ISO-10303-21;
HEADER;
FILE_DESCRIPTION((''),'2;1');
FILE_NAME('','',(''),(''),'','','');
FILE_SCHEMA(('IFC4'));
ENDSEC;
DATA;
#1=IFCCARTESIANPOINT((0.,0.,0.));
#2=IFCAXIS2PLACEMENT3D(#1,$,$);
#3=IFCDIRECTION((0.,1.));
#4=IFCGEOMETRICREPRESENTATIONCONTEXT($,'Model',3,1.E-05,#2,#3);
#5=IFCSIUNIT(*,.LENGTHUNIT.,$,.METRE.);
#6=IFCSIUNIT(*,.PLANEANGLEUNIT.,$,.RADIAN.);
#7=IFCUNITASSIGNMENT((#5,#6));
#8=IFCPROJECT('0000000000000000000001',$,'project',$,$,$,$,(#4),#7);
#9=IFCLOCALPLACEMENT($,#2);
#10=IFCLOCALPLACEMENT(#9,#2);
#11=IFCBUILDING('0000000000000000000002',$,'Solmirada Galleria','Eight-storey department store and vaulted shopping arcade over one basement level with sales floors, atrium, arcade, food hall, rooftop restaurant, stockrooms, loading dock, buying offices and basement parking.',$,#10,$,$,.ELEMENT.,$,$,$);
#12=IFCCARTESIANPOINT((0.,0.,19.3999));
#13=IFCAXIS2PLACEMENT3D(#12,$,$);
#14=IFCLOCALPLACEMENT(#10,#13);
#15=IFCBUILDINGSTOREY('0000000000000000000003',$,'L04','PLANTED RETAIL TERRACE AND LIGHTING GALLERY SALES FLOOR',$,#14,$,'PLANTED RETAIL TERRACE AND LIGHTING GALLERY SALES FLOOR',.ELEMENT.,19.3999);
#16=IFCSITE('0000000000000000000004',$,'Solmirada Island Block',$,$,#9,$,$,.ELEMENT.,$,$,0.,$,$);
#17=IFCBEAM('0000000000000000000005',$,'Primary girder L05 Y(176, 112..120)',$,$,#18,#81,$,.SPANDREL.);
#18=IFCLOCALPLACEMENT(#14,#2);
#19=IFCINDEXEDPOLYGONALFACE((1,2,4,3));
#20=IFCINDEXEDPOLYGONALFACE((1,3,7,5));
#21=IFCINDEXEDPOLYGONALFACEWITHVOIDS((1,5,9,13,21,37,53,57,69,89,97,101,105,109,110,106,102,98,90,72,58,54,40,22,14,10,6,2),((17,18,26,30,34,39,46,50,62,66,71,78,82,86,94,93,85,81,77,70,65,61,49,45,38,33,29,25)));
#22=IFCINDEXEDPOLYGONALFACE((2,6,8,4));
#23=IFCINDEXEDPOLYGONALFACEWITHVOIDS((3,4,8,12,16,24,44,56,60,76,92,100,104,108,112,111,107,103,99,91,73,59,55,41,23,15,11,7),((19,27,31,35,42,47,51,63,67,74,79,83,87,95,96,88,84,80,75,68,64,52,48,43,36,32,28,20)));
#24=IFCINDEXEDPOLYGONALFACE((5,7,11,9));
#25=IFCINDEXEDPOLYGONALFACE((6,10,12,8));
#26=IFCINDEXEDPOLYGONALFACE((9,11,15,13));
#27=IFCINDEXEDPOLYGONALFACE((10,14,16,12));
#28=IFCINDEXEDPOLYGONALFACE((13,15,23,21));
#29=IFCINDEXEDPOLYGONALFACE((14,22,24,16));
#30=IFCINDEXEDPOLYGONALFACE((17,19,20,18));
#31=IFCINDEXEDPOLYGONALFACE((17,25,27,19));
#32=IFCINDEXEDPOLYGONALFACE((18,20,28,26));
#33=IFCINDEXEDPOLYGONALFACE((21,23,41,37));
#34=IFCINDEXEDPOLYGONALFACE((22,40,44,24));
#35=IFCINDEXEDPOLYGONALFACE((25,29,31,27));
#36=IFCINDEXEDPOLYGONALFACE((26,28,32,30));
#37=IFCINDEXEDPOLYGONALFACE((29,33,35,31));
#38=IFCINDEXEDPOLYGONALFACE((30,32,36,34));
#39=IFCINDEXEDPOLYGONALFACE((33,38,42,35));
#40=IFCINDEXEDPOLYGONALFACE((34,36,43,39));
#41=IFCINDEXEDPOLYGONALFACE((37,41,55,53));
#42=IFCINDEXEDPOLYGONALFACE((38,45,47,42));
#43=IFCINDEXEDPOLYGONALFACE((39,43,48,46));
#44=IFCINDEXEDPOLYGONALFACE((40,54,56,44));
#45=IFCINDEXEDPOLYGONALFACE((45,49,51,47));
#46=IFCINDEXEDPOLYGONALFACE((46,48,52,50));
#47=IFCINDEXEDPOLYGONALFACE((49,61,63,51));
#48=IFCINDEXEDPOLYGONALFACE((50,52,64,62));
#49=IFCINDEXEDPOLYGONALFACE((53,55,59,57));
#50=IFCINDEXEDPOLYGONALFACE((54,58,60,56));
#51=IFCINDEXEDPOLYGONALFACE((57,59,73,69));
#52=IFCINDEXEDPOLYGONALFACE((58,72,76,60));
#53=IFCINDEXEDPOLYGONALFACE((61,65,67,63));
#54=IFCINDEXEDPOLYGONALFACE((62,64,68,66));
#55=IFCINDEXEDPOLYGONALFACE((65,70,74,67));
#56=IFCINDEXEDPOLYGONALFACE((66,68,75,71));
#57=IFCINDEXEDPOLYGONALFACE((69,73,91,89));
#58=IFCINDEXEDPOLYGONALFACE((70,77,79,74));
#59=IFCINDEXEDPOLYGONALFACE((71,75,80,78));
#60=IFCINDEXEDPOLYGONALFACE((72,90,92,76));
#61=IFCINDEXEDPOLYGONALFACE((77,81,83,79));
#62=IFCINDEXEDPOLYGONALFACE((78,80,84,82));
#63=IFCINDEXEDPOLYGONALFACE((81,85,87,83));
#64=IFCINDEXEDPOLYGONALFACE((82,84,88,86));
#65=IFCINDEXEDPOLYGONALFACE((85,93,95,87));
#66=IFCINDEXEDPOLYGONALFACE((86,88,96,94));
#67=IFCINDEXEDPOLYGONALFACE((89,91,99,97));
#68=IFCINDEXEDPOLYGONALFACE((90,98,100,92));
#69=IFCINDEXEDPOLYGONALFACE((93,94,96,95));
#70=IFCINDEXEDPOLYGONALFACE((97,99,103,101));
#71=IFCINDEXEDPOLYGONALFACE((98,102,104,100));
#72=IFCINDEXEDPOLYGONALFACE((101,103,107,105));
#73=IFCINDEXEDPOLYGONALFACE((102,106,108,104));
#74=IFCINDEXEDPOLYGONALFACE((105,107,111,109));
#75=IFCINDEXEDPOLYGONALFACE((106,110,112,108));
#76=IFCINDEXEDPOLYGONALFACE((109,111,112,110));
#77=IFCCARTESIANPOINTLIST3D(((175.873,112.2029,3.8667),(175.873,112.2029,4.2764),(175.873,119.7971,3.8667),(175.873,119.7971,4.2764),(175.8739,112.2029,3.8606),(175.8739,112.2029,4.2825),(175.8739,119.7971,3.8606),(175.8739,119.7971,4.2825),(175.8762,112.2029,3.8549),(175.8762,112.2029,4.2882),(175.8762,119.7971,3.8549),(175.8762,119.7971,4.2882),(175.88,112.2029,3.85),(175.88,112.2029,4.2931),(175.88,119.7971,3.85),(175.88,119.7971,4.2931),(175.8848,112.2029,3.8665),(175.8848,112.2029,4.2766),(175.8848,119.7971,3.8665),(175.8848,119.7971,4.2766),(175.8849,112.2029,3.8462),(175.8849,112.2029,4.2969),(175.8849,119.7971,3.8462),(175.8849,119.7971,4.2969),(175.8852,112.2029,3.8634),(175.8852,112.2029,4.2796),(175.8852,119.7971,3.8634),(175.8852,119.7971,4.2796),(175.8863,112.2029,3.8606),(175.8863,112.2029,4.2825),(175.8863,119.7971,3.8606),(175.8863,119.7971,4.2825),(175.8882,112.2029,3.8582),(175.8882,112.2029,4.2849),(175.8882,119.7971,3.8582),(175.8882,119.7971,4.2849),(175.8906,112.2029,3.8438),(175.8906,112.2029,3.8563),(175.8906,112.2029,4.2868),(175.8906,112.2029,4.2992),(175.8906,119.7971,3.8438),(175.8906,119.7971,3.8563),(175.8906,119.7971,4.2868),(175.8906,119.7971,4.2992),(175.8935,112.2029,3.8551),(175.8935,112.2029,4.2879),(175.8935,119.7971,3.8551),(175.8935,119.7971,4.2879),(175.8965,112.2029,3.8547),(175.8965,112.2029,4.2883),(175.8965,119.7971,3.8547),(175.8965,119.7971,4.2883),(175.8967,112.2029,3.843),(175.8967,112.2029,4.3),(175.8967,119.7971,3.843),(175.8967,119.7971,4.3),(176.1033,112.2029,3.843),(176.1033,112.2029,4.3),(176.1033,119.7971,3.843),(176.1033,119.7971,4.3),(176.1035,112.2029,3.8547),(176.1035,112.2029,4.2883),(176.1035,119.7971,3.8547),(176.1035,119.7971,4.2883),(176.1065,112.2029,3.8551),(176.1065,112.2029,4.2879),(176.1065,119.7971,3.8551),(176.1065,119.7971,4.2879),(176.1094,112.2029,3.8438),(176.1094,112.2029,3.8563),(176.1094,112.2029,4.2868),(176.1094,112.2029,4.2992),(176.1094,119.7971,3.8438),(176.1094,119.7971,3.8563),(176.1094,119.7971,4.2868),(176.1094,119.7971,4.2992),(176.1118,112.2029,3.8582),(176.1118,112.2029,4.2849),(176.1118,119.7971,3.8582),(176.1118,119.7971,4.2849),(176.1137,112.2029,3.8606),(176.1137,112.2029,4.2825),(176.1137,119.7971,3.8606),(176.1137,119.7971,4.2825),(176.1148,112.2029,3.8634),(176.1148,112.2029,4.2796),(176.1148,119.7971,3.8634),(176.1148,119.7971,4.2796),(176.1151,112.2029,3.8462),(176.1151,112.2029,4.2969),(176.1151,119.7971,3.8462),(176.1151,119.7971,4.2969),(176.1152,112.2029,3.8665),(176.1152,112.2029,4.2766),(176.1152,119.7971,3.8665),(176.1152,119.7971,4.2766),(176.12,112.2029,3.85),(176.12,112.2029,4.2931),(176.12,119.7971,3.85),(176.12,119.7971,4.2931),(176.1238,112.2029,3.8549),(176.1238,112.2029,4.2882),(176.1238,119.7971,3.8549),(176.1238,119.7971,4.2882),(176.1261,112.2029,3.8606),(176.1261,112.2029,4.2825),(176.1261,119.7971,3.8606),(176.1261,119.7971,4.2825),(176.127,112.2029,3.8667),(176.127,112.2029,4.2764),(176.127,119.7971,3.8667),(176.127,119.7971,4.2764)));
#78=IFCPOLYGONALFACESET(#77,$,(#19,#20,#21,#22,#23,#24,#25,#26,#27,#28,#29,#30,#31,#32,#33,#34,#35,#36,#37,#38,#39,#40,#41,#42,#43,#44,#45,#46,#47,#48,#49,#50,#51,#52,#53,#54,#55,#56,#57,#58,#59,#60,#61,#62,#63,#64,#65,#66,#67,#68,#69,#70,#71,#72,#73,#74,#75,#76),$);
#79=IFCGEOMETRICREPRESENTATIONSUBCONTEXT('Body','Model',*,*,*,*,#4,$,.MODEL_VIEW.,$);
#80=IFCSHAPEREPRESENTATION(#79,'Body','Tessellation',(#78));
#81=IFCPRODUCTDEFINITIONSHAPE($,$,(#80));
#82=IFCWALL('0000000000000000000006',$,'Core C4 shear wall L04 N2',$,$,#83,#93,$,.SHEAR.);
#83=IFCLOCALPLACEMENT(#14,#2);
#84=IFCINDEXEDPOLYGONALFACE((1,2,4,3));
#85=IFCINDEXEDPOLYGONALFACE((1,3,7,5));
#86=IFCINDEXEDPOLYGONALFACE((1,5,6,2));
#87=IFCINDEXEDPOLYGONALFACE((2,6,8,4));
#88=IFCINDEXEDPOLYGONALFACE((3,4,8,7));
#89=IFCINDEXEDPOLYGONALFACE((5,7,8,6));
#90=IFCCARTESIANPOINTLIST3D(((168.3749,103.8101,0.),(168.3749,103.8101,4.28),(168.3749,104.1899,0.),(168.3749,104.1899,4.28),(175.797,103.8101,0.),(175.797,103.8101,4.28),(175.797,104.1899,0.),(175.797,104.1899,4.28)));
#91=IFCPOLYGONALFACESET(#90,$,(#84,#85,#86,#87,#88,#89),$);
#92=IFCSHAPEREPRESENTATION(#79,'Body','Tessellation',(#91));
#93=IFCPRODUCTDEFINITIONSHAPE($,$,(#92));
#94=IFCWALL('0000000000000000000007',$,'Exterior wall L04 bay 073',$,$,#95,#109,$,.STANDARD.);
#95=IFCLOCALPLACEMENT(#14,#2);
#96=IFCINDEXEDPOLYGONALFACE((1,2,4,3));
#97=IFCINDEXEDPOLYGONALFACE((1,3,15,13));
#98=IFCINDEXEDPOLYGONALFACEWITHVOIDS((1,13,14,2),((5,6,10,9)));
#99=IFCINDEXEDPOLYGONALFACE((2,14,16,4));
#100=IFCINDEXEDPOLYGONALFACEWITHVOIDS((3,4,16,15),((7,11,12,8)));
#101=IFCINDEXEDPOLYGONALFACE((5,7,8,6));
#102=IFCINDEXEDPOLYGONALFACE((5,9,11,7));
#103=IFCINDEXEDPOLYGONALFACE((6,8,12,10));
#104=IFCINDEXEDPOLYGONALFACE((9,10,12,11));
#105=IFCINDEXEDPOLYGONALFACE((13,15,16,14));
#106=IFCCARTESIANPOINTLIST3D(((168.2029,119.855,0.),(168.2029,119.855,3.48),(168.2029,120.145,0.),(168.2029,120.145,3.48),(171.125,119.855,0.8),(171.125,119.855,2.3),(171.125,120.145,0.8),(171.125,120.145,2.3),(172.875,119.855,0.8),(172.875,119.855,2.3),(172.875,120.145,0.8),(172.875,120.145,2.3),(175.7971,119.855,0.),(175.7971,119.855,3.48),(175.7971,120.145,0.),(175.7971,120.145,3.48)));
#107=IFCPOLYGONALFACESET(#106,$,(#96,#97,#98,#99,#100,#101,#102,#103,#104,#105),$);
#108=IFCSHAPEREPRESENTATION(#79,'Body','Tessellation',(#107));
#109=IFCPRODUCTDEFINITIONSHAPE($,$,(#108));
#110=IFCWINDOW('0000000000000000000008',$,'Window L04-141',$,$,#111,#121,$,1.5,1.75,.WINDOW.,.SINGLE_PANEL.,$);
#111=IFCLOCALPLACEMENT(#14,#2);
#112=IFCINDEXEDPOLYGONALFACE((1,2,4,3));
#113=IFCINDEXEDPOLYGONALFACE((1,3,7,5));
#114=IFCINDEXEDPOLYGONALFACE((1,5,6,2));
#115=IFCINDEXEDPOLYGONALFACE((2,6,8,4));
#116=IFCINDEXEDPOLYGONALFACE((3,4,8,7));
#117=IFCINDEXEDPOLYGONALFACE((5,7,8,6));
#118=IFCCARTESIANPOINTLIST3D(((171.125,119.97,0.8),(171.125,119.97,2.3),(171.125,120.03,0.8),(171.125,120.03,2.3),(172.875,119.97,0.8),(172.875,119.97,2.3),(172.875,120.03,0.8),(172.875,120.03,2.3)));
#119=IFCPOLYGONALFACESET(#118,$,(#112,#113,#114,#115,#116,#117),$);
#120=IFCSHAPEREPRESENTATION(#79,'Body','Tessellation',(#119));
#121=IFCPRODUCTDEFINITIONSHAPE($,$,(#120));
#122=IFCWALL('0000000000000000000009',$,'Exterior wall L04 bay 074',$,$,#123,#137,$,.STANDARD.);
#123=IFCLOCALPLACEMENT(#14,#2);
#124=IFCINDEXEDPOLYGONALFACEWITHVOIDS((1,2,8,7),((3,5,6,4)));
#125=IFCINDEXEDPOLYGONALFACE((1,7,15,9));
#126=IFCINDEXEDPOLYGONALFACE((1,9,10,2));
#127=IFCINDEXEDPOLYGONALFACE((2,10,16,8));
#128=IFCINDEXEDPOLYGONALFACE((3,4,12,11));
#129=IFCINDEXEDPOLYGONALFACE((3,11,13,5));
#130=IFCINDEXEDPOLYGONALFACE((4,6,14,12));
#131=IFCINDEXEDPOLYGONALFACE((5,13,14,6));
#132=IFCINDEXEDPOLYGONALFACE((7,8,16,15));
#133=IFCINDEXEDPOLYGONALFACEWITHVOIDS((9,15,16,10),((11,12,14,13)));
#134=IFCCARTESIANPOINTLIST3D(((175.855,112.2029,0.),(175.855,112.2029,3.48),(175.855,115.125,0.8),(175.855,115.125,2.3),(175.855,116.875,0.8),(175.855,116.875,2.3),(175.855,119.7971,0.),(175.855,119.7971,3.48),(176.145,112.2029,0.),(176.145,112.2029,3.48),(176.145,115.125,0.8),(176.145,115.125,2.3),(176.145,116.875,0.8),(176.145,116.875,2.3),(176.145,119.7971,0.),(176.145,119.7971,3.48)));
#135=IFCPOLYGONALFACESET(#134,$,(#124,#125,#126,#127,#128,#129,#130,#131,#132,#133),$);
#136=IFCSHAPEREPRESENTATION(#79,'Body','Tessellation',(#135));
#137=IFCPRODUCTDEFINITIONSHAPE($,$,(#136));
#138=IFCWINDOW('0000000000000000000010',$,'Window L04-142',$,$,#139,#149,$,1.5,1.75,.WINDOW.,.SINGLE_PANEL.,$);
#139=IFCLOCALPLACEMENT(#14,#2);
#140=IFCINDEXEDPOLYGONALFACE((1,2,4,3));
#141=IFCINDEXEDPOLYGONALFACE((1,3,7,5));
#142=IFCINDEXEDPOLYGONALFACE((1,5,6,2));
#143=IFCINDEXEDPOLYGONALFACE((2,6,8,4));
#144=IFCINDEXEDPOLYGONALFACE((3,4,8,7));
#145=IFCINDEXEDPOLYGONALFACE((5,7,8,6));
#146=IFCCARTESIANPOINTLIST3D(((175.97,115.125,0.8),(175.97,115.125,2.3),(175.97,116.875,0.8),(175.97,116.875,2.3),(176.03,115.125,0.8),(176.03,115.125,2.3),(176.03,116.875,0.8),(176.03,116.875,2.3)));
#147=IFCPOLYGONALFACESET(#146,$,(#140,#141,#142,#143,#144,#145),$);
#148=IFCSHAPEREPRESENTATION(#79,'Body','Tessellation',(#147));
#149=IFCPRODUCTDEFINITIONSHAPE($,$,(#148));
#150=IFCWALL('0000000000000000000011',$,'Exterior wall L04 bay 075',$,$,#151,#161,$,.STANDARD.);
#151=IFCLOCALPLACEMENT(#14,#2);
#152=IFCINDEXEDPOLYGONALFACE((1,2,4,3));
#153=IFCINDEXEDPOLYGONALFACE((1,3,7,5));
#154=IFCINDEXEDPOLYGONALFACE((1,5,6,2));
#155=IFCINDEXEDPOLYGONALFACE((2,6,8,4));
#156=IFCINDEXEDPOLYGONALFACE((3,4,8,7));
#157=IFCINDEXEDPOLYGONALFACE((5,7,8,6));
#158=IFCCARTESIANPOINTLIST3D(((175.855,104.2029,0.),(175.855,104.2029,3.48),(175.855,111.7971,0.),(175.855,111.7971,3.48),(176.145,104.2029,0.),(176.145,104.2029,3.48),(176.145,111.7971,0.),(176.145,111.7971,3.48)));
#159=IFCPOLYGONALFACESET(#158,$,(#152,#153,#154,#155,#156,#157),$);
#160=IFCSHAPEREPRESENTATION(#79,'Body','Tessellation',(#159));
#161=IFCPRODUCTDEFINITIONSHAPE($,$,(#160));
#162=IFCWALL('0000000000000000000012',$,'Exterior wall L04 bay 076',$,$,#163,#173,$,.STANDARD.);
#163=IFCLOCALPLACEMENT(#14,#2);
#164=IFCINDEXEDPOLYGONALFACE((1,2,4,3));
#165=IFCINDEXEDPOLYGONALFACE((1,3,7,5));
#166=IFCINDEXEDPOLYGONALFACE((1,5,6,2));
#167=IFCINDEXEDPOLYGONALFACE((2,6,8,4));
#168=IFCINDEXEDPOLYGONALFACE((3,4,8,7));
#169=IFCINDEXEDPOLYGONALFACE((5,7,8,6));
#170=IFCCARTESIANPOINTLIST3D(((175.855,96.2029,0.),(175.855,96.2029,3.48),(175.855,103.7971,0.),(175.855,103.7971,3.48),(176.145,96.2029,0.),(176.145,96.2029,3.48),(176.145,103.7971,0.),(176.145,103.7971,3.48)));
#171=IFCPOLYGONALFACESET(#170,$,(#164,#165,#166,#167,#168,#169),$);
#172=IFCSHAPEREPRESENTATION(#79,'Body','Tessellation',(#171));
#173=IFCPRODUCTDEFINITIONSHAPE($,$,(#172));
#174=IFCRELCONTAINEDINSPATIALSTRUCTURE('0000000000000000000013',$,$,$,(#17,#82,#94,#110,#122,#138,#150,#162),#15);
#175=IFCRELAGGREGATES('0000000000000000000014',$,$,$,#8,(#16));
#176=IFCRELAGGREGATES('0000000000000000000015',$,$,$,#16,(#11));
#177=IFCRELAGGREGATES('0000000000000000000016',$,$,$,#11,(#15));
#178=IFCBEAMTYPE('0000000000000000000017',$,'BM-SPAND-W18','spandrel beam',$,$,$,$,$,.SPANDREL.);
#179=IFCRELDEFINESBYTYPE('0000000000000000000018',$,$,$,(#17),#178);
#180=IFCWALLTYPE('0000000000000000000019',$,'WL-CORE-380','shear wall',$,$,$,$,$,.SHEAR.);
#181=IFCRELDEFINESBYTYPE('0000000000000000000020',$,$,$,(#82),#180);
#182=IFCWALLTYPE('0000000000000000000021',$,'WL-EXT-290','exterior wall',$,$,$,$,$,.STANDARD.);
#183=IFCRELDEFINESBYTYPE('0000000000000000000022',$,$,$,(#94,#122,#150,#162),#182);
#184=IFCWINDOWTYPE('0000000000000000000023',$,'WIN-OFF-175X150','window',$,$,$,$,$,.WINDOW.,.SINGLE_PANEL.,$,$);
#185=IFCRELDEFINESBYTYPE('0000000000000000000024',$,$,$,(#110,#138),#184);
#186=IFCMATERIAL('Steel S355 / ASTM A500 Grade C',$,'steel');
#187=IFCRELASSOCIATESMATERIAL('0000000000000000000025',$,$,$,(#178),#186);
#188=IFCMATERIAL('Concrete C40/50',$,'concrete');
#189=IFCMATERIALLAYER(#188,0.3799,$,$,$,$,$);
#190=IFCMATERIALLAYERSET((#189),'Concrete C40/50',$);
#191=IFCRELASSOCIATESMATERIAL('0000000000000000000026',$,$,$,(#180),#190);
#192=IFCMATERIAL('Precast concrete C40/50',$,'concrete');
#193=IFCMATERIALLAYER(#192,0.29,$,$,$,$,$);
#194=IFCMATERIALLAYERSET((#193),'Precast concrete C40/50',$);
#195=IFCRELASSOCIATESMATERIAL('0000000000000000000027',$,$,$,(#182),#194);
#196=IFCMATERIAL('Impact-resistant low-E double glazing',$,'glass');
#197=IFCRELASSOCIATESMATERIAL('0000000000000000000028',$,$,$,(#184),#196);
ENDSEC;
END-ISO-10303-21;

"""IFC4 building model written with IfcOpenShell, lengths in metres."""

from ifc_helpers import new_model, si_unit, direction, frame, frame_2d, origin, origin_2d, place, context, subcontext, project, spatial, rectangle, hollow_rectangle, extrude, material, layer, layer_set, material_profile, profile_set, type_object, element, fill, save


model = new_model("IFC4")

# Units and contexts
model_context = context("Model", 3, precision=1e-05, world=origin(), true_north=direction((0.0, 1.0)))
body_context = subcontext(model_context, "Body", "Model", "MODEL_VIEW")
ifc_project = project(units=[si_unit("LENGTHUNIT", "METRE"), si_unit("PLANEANGLEUNIT", "RADIAN")], contexts=[model_context])

# Site, building, storey
site_placement = place(None, origin())
site = spatial("IfcSite", under=ifc_project, at=site_placement, Name="Solmirada Island Block", CompositionType="ELEMENT", RefElevation=0.0)
building_placement = place(site_placement, origin())
building = spatial("IfcBuilding", under=site, at=building_placement, Name="Solmirada Galleria", Description="Eight-storey department store and vaulted shopping arcade over one basement level with sales floors, atrium, arcade, food hall, rooftop restaurant, stockrooms, loading dock, buying offices and basement parking.", CompositionType="ELEMENT")
storey_placement = place(building_placement, frame((0.0, 0.0, 19.3999)))
storey = spatial("IfcBuildingStorey", under=building, at=storey_placement, Name="L04", Description="PLANTED RETAIL TERRACE AND LIGHTING GALLERY SALES FLOOR", LongName="PLANTED RETAIL TERRACE AND LIGHTING GALLERY SALES FLOOR", CompositionType="ELEMENT", Elevation=19.3999)

# Shared definitions
ifc_material_1 = material(Name="Steel S355 / ASTM A500 Grade C", Category="steel")
ifc_material_2 = material(Name="Concrete C40/50", Category="concrete")

# Beam
ifc_material_profile_1 = material_profile(ifc_material_1, hollow_rectangle(XDim=0.2539, YDim=0.457, WallThickness=0.0117, InnerFilletRadius=0.0117, OuterFilletRadius=0.0237, at=origin_2d()), Name="HSS18X10X1/2")
ifc_profile_set_1 = profile_set([ifc_material_profile_1], Name="Steel S355 / ASTM A500 Grade C")
beam_type_1 = type_object("IfcBeamType", Name="BM-SPAND-W18", Description="spandrel beam", PredefinedType="SPANDREL", material=ifc_profile_set_1)
for number, where, z_axis, x_axis, name in (
    (1, (176.0, 112.2029, 4.0715), (0.0, 1.0, 0.0), (-1.0, 0.0, 0.0), "Primary girder L05 Y(176, 112..120)"),
):
    element("IfcBeam", number, at=place(storey_placement, frame(where, z_axis=z_axis, x_axis=x_axis)), inside=storey, type_object=beam_type_1, Name=name, PredefinedType="SPANDREL", context=body_context, shape_type="SweptSolid", body=[
        extrude(hollow_rectangle(XDim=0.2539, YDim=0.457, WallThickness=0.0117, InnerFilletRadius=0.0117, OuterFilletRadius=0.0237, at=origin_2d()), origin(), (0.0, 0.0, 1.0), 7.5942),
    ])

# Wall
ifc_layer_1 = layer(ifc_material_2, 0.3799)
ifc_layer_set_1 = layer_set([ifc_layer_1], Name="Concrete C40/50")
wall_type_1 = type_object("IfcWallType", Name="WL-CORE-380", Description="shear wall", PredefinedType="SHEAR", material=ifc_layer_set_1)
wall_1_placement = place(storey_placement, frame((168.375, 104.0, 0.0), z_axis=(0.0, 0.0, 1.0), x_axis=(1.0, 0.0, 0.0)))
element("IfcWall", 2, at=wall_1_placement, inside=storey, type_object=wall_type_1, Name="Core C4 shear wall L04 N2", PredefinedType="SHEAR", context=body_context, shape_type="SweptSolid", body=[
    extrude(rectangle(XDim=7.4221, YDim=0.3799, at=frame_2d((3.7109, 0.0))), origin(), (0.0, 0.0, 1.0), 4.28),
])

# Walls, openings, windows
ifc_material_3 = material(Name="Precast concrete C40/50", Category="concrete")
ifc_layer_2 = layer(ifc_material_3, 0.29)
ifc_layer_set_2 = layer_set([ifc_layer_2], Name="Precast concrete C40/50")
wall_type_2 = type_object("IfcWallType", Name="WL-EXT-290", Description="exterior wall", PredefinedType="STANDARD", material=ifc_layer_set_2)
wall_2_placement = place(storey_placement, frame((168.2029, 120.0, 0.0), z_axis=(0.0, 0.0, 1.0), x_axis=(1.0, 0.0, 0.0)))
wall_2 = element("IfcWall", 3, at=wall_2_placement, inside=storey, type_object=wall_type_2, Name="Exterior wall L04 bay 073", PredefinedType="STANDARD", context=body_context, shape_type="SweptSolid", body=[
    extrude(rectangle(XDim=7.5942, YDim=0.29, at=frame_2d((3.7971, 0.0))), origin(), (0.0, 0.0, 1.0), 3.48),
])
opening_1_placement = place(wall_2_placement, frame((2.9221, 0.0, 0.8)))
opening_1 = element("IfcOpeningElement", 4, at=opening_1_placement, cuts=wall_2, PredefinedType="OPENING", context=body_context, shape_type="SweptSolid", body=[
    extrude(rectangle(XDim=1.75, YDim=1.5, at=frame_2d((0.875, 0.75))), frame((0.0, 0.155, 0.0), z_axis=(0.0, -1.0, 0.0), x_axis=(1.0, 0.0, 0.0)), (0.0, 0.0, 1.0), 0.3101),
])
ifc_material_4 = material(Name="Impact-resistant low-E double glazing", Category="glass")
window_type = type_object("IfcWindowType", Name="WIN-OFF-175X150", Description="window", PartitioningType="SINGLE_PANEL", PredefinedType="WINDOW", material=ifc_material_4)
window_1_placement = place(opening_1_placement, origin())
window_1 = element("IfcWindow", 5, at=window_1_placement, inside=storey, type_object=window_type, Name="Window L04-141", OverallHeight=1.5, OverallWidth=1.75, PartitioningType="SINGLE_PANEL", PredefinedType="WINDOW", context=body_context, shape_type="SweptSolid", body=[
    extrude(rectangle(XDim=1.75, YDim=1.5, at=frame_2d((0.875, 0.75))), frame((0.0, 0.03, 0.0), z_axis=(0.0, -1.0, 0.0), x_axis=(1.0, 0.0, 0.0)), (0.0, 0.0, 1.0), 0.0601),
])
fill(opening_1, window_1)
wall_3_placement = place(storey_placement, frame((176.0, 119.7971, 0.0), z_axis=(0.0, 0.0, 1.0), x_axis=(0.0, -1.0, 0.0)))
wall_3 = element("IfcWall", 6, at=wall_3_placement, inside=storey, type_object=wall_type_2, Name="Exterior wall L04 bay 074", PredefinedType="STANDARD", context=body_context, shape_type="SweptSolid", body=[
    extrude(rectangle(XDim=7.5942, YDim=0.29, at=frame_2d((3.7971, 0.0))), origin(), (0.0, 0.0, 1.0), 3.48),
])
opening_2_placement = place(wall_3_placement, frame((2.9221, 0.0, 0.8)))
opening_2 = element("IfcOpeningElement", 7, at=opening_2_placement, cuts=wall_3, PredefinedType="OPENING", context=body_context, shape_type="SweptSolid", body=[
    extrude(rectangle(XDim=1.75, YDim=1.5, at=frame_2d((0.875, 0.75))), frame((0.0, 0.155, 0.0), z_axis=(0.0, -1.0, 0.0), x_axis=(1.0, 0.0, 0.0)), (0.0, 0.0, 1.0), 0.3101),
])
window_2_placement = place(opening_2_placement, origin())
window_2 = element("IfcWindow", 8, at=window_2_placement, inside=storey, type_object=window_type, Name="Window L04-142", OverallHeight=1.5, OverallWidth=1.75, PartitioningType="SINGLE_PANEL", PredefinedType="WINDOW", context=body_context, shape_type="SweptSolid", body=[
    extrude(rectangle(XDim=1.75, YDim=1.5, at=frame_2d((0.875, 0.75))), frame((0.0, 0.03, 0.0), z_axis=(0.0, -1.0, 0.0), x_axis=(1.0, 0.0, 0.0)), (0.0, 0.0, 1.0), 0.0601),
])
fill(opening_2, window_2)

# Walls
for number, where, z_axis, x_axis, name in (
    (9, (176.0, 111.7971, 0.0), (0.0, 0.0, 1.0), (0.0, -1.0, 0.0), "Exterior wall L04 bay 075"),
    (10, (176.0, 103.7971, 0.0), (0.0, 0.0, 1.0), (0.0, -1.0, 0.0), "Exterior wall L04 bay 076"),
):
    element("IfcWall", number, at=place(storey_placement, frame(where, z_axis=z_axis, x_axis=x_axis)), inside=storey, type_object=wall_type_2, Name=name, PredefinedType="STANDARD", context=body_context, shape_type="SweptSolid", body=[
        extrude(rectangle(XDim=7.5942, YDim=0.29, at=frame_2d((3.7971, 0.0))), origin(), (0.0, 0.0, 1.0), 3.48),
    ])

save(model, "model.ifc")
